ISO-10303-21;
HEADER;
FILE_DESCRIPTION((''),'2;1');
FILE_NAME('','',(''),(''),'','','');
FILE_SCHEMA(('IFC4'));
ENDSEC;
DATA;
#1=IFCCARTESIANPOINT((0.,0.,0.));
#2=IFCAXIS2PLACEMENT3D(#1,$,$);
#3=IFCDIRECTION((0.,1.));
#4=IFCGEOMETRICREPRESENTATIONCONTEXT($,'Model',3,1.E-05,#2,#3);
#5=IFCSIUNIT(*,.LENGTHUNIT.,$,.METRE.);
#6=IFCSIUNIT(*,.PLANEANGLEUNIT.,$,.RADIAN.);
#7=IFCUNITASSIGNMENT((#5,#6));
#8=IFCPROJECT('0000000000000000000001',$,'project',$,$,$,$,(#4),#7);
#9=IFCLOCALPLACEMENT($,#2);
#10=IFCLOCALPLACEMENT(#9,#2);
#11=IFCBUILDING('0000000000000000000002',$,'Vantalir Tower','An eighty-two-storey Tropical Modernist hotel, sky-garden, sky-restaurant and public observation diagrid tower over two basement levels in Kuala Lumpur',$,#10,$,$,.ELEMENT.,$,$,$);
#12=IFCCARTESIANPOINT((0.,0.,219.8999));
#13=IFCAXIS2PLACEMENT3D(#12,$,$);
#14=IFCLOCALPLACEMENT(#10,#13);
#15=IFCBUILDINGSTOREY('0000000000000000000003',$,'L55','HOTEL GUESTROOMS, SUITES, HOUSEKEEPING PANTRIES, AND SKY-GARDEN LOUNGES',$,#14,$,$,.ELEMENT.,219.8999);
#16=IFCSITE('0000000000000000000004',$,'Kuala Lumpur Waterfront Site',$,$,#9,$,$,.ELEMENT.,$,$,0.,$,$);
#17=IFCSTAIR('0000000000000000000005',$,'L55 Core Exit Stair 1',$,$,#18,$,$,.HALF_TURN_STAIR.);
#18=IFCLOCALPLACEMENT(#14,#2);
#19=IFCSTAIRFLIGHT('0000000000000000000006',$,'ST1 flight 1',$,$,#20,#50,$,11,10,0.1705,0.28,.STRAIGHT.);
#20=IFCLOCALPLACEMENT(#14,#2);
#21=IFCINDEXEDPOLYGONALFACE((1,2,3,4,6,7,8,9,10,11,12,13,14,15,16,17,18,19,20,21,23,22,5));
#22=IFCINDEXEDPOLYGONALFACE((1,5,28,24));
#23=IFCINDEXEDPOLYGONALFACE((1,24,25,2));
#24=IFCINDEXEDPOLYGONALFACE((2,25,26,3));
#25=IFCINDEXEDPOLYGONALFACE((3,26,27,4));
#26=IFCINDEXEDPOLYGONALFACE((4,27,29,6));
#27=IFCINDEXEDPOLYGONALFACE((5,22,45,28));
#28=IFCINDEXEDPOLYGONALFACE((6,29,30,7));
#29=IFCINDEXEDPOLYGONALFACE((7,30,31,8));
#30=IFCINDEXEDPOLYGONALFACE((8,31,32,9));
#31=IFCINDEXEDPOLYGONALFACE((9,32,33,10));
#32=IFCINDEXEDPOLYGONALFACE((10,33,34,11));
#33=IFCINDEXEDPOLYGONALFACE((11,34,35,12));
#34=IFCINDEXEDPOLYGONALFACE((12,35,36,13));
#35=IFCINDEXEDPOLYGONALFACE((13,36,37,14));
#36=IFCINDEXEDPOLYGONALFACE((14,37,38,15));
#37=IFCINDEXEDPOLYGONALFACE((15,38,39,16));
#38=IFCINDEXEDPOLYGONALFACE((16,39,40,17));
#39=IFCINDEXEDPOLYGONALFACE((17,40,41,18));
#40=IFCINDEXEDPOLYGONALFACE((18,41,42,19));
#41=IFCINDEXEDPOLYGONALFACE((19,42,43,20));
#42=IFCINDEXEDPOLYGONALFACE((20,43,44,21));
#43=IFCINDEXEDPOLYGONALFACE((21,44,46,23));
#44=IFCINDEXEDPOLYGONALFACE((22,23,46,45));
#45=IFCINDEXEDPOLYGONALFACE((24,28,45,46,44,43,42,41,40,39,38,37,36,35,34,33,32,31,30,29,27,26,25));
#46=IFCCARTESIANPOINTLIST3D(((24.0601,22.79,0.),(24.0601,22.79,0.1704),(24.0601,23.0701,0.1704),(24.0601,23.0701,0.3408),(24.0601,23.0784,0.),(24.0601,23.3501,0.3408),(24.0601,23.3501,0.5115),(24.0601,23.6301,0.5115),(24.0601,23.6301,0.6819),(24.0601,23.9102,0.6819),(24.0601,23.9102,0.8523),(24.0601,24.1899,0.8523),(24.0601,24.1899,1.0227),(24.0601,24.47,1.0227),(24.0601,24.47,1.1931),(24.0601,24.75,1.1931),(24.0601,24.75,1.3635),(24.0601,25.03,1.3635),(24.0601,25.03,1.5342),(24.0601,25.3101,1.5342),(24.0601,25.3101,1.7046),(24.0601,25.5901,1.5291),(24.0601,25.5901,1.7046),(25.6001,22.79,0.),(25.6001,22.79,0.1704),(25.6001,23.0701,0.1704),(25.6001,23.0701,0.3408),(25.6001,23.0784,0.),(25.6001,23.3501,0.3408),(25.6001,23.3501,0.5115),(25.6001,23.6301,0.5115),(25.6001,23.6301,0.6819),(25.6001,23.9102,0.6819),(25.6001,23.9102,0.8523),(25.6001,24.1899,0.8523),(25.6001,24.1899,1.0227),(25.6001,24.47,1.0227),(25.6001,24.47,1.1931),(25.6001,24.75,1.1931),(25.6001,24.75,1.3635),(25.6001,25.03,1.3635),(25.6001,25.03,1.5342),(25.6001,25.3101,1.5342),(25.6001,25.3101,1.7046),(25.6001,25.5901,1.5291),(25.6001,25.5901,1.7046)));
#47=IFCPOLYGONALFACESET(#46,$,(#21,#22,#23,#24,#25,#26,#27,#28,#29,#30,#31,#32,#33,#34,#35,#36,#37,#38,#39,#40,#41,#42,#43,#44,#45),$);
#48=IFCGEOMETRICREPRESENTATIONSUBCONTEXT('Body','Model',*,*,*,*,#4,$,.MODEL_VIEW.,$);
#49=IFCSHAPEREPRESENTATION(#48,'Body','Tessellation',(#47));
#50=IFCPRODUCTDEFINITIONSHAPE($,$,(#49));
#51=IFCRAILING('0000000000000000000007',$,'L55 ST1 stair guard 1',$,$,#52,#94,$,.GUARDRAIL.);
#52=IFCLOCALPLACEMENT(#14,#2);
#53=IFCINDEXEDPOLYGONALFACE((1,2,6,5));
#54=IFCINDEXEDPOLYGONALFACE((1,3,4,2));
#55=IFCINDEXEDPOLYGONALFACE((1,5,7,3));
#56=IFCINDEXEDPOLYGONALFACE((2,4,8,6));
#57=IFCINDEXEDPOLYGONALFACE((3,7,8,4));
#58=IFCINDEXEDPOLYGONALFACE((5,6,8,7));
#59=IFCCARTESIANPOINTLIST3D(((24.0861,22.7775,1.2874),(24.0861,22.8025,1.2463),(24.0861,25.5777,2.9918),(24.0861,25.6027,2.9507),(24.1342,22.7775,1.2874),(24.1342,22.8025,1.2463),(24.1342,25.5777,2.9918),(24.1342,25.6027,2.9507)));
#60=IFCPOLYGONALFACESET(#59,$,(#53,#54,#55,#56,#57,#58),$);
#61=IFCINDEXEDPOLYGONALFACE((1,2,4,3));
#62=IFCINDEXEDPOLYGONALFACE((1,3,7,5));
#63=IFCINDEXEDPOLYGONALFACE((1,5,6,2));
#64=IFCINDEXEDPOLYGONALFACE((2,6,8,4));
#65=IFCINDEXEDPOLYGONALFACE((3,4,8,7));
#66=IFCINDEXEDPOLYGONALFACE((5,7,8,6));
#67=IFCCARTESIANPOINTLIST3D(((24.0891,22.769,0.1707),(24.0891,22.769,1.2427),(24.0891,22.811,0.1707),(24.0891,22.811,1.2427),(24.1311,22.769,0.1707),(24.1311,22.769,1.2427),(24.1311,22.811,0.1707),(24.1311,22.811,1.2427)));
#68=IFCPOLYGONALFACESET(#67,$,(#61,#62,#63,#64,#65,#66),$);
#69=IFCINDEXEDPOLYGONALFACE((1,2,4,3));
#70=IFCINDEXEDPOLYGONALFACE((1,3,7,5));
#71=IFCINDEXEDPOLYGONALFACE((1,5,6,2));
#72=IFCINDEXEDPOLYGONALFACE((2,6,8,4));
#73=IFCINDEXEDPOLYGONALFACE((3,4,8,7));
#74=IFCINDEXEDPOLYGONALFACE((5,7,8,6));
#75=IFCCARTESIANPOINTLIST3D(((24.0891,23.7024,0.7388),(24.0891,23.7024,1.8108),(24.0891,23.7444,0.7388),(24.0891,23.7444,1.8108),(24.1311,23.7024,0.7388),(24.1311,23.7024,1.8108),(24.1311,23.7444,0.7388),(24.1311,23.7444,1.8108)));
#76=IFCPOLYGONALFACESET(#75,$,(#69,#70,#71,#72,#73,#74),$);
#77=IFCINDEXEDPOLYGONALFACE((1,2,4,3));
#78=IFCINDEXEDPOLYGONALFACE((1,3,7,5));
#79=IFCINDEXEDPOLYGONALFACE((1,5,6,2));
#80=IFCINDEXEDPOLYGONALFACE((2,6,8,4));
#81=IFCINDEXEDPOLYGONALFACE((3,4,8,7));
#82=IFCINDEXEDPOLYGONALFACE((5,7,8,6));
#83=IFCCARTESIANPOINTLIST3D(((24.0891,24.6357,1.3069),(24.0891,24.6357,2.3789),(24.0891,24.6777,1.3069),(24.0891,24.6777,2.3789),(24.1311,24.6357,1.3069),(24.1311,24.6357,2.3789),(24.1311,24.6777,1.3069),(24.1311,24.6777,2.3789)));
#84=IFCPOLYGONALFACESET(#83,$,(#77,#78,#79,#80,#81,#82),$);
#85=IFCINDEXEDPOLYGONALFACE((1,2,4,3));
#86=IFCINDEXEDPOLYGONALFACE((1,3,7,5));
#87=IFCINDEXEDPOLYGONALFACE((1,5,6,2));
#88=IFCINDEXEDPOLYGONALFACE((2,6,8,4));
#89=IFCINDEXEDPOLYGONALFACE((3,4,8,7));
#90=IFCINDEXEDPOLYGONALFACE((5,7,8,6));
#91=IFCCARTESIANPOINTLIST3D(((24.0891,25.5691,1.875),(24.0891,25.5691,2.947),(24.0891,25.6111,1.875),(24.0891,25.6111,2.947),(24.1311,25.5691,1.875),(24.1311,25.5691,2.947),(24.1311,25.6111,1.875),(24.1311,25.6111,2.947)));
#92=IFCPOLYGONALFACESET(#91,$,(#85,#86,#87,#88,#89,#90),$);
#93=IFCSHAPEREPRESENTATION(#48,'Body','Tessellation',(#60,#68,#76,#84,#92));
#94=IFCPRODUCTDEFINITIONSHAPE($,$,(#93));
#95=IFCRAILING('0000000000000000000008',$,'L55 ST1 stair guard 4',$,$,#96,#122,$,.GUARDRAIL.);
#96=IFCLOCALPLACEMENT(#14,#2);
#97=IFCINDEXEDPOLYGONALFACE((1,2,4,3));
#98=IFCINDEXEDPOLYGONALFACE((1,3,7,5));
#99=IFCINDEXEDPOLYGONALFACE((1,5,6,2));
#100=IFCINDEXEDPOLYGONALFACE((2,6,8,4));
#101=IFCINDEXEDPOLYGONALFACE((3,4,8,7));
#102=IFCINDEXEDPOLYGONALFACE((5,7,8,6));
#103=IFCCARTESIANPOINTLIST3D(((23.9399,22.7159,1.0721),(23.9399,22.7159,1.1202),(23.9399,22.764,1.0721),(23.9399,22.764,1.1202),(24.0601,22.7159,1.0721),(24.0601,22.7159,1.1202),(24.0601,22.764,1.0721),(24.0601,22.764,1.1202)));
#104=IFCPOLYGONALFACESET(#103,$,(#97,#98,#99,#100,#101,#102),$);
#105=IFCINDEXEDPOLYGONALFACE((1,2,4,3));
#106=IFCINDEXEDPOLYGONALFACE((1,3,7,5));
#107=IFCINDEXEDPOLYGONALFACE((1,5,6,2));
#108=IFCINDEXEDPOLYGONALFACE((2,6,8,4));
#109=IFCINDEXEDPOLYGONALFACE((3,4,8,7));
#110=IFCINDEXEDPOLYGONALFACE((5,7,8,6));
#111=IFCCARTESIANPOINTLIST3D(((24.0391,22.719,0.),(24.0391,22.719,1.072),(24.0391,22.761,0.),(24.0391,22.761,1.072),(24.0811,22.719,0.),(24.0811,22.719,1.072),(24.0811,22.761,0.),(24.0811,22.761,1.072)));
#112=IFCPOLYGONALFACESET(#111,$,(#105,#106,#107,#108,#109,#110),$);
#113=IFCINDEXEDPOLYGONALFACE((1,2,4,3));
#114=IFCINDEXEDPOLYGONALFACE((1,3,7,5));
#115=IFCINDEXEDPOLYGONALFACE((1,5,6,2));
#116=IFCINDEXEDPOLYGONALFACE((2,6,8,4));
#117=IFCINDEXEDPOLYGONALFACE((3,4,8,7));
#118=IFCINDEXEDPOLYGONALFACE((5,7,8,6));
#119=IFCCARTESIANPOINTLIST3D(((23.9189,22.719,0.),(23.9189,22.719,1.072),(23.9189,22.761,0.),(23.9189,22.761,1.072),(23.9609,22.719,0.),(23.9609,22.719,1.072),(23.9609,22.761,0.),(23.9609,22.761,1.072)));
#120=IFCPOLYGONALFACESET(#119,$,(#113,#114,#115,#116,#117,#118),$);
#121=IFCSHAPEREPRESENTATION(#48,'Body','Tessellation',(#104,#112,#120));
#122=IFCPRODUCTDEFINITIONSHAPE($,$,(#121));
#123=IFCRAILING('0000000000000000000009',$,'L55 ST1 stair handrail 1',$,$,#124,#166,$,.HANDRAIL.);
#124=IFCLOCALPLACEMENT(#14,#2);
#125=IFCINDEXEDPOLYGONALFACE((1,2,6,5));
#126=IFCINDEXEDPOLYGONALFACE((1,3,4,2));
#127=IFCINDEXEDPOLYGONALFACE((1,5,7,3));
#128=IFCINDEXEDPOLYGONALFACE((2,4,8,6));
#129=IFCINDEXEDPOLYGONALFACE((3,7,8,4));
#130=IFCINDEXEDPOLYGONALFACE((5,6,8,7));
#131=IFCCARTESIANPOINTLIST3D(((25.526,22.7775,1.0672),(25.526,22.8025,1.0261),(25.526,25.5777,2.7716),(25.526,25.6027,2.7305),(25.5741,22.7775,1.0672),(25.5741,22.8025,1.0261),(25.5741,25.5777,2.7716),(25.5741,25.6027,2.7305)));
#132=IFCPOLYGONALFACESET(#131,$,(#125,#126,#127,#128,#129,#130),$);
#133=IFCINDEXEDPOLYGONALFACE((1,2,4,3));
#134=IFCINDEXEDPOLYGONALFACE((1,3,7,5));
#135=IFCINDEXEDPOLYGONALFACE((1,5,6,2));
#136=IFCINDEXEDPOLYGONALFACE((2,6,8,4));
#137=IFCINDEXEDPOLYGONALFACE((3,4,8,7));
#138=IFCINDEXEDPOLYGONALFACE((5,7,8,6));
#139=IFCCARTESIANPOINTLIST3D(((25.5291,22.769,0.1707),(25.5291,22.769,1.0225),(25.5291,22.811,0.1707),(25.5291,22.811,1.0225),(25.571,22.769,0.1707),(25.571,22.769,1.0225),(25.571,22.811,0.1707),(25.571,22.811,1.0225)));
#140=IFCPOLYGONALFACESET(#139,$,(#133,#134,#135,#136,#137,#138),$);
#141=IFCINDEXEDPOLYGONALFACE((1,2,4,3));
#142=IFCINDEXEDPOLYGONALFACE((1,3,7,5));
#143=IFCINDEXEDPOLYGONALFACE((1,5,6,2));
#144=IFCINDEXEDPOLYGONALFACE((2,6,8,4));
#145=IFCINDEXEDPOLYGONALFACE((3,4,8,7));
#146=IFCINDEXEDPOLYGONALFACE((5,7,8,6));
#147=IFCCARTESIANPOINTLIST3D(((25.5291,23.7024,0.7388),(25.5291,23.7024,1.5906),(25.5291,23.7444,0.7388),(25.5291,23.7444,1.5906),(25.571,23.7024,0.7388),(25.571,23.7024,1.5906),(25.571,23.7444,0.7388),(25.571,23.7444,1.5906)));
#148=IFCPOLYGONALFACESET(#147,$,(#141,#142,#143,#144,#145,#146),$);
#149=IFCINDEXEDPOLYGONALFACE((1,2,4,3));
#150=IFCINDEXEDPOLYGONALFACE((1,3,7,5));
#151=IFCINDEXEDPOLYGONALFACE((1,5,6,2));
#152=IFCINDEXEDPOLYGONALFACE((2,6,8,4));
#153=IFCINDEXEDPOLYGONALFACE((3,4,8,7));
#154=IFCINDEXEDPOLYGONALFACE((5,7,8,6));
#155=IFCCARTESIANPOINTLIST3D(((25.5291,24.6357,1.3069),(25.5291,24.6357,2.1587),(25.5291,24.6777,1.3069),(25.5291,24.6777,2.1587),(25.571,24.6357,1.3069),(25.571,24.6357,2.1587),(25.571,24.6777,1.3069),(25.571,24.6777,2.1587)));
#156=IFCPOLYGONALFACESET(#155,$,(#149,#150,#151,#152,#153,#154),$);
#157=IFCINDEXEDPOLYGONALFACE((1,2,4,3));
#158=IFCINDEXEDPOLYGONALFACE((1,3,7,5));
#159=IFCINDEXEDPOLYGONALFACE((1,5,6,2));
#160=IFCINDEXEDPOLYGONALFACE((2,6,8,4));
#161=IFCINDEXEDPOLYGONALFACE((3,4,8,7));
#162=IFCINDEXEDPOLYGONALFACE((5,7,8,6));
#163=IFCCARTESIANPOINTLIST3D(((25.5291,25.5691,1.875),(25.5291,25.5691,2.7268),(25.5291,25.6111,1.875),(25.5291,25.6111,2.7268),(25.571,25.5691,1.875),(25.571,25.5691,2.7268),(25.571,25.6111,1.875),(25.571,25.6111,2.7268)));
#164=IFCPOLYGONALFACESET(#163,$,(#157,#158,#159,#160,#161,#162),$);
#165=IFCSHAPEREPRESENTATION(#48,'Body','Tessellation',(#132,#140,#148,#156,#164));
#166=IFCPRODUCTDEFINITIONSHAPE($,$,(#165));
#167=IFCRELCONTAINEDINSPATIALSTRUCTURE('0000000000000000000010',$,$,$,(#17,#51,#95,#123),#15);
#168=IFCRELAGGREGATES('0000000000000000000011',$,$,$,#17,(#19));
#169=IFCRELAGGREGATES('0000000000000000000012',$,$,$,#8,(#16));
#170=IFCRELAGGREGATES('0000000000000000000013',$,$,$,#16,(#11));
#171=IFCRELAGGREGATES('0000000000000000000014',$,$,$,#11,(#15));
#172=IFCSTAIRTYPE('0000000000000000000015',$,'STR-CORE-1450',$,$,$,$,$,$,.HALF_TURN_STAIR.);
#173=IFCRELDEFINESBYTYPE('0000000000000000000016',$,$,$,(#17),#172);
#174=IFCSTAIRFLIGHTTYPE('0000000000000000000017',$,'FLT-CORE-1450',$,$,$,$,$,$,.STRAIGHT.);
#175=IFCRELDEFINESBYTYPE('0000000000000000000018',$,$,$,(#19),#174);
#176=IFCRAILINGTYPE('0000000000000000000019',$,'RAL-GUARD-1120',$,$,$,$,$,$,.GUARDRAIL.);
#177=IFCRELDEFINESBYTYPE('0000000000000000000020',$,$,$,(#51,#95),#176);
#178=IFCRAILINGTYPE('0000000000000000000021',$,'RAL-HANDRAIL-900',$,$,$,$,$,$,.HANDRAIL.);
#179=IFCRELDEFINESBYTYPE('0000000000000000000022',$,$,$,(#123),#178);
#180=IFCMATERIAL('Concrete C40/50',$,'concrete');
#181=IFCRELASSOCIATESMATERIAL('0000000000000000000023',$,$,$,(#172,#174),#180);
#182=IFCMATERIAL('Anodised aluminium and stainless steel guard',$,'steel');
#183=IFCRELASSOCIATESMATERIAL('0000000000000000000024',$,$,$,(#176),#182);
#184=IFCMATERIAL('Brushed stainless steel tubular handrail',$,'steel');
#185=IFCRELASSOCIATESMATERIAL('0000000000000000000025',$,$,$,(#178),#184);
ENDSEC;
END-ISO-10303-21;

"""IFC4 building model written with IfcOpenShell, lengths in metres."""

from ifc_helpers import new_model, si_unit, direction, frame, origin, origin_2d, place, context, subcontext, project, spatial, polyline, rectangle, outline, extrude, material, type_object, element, aggregate, save


model = new_model("IFC4")

# Units and contexts
model_context = context("Model", 3, precision=1e-05, world=origin(), true_north=direction((0.0, 1.0)))
body_context = subcontext(model_context, "Body", "Model", "MODEL_VIEW")
ifc_project = project(units=[si_unit("LENGTHUNIT", "METRE"), si_unit("PLANEANGLEUNIT", "RADIAN")], contexts=[model_context])

# Site, building, storey
site_placement = place(None, origin())
site = spatial("IfcSite", under=ifc_project, at=site_placement, Name="Kuala Lumpur Waterfront Site", CompositionType="ELEMENT", RefElevation=0.0)
building_placement = place(site_placement, origin())
building = spatial("IfcBuilding", under=site, at=building_placement, Name="Vantalir Tower", Description="An eighty-two-storey Tropical Modernist hotel, sky-garden, sky-restaurant and public observation diagrid tower over two basement levels in Kuala Lumpur", CompositionType="ELEMENT")
storey_placement = place(building_placement, frame((0.0, 0.0, 219.8999)))
storey = spatial("IfcBuildingStorey", under=building, at=storey_placement, Name="L55", Description="HOTEL GUESTROOMS, SUITES, HOUSEKEEPING PANTRIES, AND SKY-GARDEN LOUNGES", CompositionType="ELEMENT", Elevation=219.8999)

# Stair, stair flight
ifc_material_1 = material(Name="Concrete C40/50", Category="concrete")
stair_type = type_object("IfcStairType", Name="STR-CORE-1450", PredefinedType="HALF_TURN_STAIR", material=ifc_material_1)
stair_placement = place(storey_placement, origin())
stair = element("IfcStair", 1, at=stair_placement, inside=storey, type_object=stair_type, Name="L55 Core Exit Stair 1", PredefinedType="HALF_TURN_STAIR")
stair_flight_type = type_object("IfcStairFlightType", Name="FLT-CORE-1450", PredefinedType="STRAIGHT", material=ifc_material_1)
stair_flight_placement = place(storey_placement, frame((24.8301, 22.79, 0.0), z_axis=(0.0, 0.0, 1.0), x_axis=(0.0, 1.0, 0.0)))
stair_flight = element("IfcStairFlight", 2, at=stair_flight_placement, type_object=stair_flight_type, Name="ST1 flight 1", NumberOfRisers=11, NumberOfTreads=10, PredefinedType="STRAIGHT", RiserHeight=0.1705, TreadLength=0.28, context=body_context, shape_type="SweptSolid", body=[
    extrude(outline(polyline([(0.0, 0.0), (0.0, 0.1704), (0.28, 0.1704), (0.28, 0.3408), (0.5601, 0.3408), (0.5601, 0.5115), (0.8401, 0.5115), (0.8401, 0.6819), (1.1201, 0.6819), (1.1201, 0.8523), (1.3999, 0.8523), (1.3999, 1.0227), (1.6799, 1.0227), (1.6799, 1.1931), (1.96, 1.1931), (1.96, 1.3635), (2.24, 1.3635), (2.24, 1.5342), (2.52, 1.5342), (2.52, 1.7046), (2.8, 1.7046), (2.8, 1.875), (2.8, 1.5291), (0.2883, 0.0), (0.0, 0.0)])), frame((0.0, 0.77, 0.0), z_axis=(0.0, -1.0, 0.0), x_axis=(1.0, 0.0, 0.0)), (0.0, 0.0, 1.0), 1.54),
])
aggregate(stair, [stair_flight])

# Railings
ifc_material_2 = material(Name="Anodised aluminium and stainless steel guard", Category="steel")
railing_type_1 = type_object("IfcRailingType", Name="RAL-GUARD-1120", PredefinedType="GUARDRAIL", material=ifc_material_2)
railing_1_placement = place(storey_placement, frame((24.1101, 22.79, 0.1707)))
element("IfcRailing", 3, at=railing_1_placement, inside=storey, type_object=railing_type_1, Name="L55 ST1 stair guard 1", PredefinedType="GUARDRAIL", context=body_context, shape_type="SweptSolid", body=[
    extrude(rectangle(XDim=0.0481, YDim=0.0481, at=origin_2d()), frame((0.0, 0.0, 1.0962), z_axis=(0.0, 0.854203, 0.51994), x_axis=(-1.0, 0.0, 0.0)), (0.0, 0.0, 1.0), 3.2781),
    extrude(rectangle(XDim=0.042, YDim=0.042, at=origin_2d()), origin(), (0.0, 0.0, 1.0), 1.072),
    extrude(rectangle(XDim=0.042, YDim=0.042, at=origin_2d()), frame((0.0, 0.9333, 0.5681)), (0.0, 0.0, 1.0), 1.072),
    extrude(rectangle(XDim=0.042, YDim=0.042, at=origin_2d()), frame((0.0, 1.8667, 1.1362)), (0.0, 0.0, 1.0), 1.072),
    extrude(rectangle(XDim=0.042, YDim=0.042, at=origin_2d()), frame((0.0, 2.8, 1.7043)), (0.0, 0.0, 1.0), 1.072),
])
railing_2_placement = place(storey_placement, frame((24.0601, 22.74, 0.0)))
element("IfcRailing", 4, at=railing_2_placement, inside=storey, type_object=railing_type_1, Name="L55 ST1 stair guard 4", PredefinedType="GUARDRAIL", context=body_context, shape_type="SweptSolid", body=[
    extrude(rectangle(XDim=0.0481, YDim=0.0481, at=origin_2d()), frame((0.0, 0.0, 1.0962), z_axis=(-1.0, 0.0, 0.0), x_axis=(0.0, -1.0, 0.0)), (0.0, 0.0, 1.0), 0.1201),
    extrude(rectangle(XDim=0.042, YDim=0.042, at=origin_2d()), origin(), (0.0, 0.0, 1.0), 1.072),
    extrude(rectangle(XDim=0.042, YDim=0.042, at=origin_2d()), frame((-0.1201, 0.0, 0.0)), (0.0, 0.0, 1.0), 1.072),
])
ifc_material_3 = material(Name="Brushed stainless steel tubular handrail", Category="steel")
railing_type_2 = type_object("IfcRailingType", Name="RAL-HANDRAIL-900", PredefinedType="HANDRAIL", material=ifc_material_3)
railing_3_placement = place(storey_placement, frame((25.55, 22.79, 0.1707)))
element("IfcRailing", 5, at=railing_3_placement, inside=storey, type_object=railing_type_2, Name="L55 ST1 stair handrail 1", PredefinedType="HANDRAIL", context=body_context, shape_type="SweptSolid", body=[
    extrude(rectangle(XDim=0.0481, YDim=0.0481, at=origin_2d()), frame((0.0, 0.0, 0.876), z_axis=(0.0, 0.854203, 0.51994), x_axis=(-1.0, 0.0, 0.0)), (0.0, 0.0, 1.0), 3.2781),
    extrude(rectangle(XDim=0.042, YDim=0.042, at=origin_2d()), origin(), (0.0, 0.0, 1.0), 0.8518),
    extrude(rectangle(XDim=0.042, YDim=0.042, at=origin_2d()), frame((0.0, 0.9333, 0.5681)), (0.0, 0.0, 1.0), 0.8518),
    extrude(rectangle(XDim=0.042, YDim=0.042, at=origin_2d()), frame((0.0, 1.8667, 1.1362)), (0.0, 0.0, 1.0), 0.8518),
    extrude(rectangle(XDim=0.042, YDim=0.042, at=origin_2d()), frame((0.0, 2.8, 1.7043)), (0.0, 0.0, 1.0), 0.8518),
])

save(model, "model.ifc")
